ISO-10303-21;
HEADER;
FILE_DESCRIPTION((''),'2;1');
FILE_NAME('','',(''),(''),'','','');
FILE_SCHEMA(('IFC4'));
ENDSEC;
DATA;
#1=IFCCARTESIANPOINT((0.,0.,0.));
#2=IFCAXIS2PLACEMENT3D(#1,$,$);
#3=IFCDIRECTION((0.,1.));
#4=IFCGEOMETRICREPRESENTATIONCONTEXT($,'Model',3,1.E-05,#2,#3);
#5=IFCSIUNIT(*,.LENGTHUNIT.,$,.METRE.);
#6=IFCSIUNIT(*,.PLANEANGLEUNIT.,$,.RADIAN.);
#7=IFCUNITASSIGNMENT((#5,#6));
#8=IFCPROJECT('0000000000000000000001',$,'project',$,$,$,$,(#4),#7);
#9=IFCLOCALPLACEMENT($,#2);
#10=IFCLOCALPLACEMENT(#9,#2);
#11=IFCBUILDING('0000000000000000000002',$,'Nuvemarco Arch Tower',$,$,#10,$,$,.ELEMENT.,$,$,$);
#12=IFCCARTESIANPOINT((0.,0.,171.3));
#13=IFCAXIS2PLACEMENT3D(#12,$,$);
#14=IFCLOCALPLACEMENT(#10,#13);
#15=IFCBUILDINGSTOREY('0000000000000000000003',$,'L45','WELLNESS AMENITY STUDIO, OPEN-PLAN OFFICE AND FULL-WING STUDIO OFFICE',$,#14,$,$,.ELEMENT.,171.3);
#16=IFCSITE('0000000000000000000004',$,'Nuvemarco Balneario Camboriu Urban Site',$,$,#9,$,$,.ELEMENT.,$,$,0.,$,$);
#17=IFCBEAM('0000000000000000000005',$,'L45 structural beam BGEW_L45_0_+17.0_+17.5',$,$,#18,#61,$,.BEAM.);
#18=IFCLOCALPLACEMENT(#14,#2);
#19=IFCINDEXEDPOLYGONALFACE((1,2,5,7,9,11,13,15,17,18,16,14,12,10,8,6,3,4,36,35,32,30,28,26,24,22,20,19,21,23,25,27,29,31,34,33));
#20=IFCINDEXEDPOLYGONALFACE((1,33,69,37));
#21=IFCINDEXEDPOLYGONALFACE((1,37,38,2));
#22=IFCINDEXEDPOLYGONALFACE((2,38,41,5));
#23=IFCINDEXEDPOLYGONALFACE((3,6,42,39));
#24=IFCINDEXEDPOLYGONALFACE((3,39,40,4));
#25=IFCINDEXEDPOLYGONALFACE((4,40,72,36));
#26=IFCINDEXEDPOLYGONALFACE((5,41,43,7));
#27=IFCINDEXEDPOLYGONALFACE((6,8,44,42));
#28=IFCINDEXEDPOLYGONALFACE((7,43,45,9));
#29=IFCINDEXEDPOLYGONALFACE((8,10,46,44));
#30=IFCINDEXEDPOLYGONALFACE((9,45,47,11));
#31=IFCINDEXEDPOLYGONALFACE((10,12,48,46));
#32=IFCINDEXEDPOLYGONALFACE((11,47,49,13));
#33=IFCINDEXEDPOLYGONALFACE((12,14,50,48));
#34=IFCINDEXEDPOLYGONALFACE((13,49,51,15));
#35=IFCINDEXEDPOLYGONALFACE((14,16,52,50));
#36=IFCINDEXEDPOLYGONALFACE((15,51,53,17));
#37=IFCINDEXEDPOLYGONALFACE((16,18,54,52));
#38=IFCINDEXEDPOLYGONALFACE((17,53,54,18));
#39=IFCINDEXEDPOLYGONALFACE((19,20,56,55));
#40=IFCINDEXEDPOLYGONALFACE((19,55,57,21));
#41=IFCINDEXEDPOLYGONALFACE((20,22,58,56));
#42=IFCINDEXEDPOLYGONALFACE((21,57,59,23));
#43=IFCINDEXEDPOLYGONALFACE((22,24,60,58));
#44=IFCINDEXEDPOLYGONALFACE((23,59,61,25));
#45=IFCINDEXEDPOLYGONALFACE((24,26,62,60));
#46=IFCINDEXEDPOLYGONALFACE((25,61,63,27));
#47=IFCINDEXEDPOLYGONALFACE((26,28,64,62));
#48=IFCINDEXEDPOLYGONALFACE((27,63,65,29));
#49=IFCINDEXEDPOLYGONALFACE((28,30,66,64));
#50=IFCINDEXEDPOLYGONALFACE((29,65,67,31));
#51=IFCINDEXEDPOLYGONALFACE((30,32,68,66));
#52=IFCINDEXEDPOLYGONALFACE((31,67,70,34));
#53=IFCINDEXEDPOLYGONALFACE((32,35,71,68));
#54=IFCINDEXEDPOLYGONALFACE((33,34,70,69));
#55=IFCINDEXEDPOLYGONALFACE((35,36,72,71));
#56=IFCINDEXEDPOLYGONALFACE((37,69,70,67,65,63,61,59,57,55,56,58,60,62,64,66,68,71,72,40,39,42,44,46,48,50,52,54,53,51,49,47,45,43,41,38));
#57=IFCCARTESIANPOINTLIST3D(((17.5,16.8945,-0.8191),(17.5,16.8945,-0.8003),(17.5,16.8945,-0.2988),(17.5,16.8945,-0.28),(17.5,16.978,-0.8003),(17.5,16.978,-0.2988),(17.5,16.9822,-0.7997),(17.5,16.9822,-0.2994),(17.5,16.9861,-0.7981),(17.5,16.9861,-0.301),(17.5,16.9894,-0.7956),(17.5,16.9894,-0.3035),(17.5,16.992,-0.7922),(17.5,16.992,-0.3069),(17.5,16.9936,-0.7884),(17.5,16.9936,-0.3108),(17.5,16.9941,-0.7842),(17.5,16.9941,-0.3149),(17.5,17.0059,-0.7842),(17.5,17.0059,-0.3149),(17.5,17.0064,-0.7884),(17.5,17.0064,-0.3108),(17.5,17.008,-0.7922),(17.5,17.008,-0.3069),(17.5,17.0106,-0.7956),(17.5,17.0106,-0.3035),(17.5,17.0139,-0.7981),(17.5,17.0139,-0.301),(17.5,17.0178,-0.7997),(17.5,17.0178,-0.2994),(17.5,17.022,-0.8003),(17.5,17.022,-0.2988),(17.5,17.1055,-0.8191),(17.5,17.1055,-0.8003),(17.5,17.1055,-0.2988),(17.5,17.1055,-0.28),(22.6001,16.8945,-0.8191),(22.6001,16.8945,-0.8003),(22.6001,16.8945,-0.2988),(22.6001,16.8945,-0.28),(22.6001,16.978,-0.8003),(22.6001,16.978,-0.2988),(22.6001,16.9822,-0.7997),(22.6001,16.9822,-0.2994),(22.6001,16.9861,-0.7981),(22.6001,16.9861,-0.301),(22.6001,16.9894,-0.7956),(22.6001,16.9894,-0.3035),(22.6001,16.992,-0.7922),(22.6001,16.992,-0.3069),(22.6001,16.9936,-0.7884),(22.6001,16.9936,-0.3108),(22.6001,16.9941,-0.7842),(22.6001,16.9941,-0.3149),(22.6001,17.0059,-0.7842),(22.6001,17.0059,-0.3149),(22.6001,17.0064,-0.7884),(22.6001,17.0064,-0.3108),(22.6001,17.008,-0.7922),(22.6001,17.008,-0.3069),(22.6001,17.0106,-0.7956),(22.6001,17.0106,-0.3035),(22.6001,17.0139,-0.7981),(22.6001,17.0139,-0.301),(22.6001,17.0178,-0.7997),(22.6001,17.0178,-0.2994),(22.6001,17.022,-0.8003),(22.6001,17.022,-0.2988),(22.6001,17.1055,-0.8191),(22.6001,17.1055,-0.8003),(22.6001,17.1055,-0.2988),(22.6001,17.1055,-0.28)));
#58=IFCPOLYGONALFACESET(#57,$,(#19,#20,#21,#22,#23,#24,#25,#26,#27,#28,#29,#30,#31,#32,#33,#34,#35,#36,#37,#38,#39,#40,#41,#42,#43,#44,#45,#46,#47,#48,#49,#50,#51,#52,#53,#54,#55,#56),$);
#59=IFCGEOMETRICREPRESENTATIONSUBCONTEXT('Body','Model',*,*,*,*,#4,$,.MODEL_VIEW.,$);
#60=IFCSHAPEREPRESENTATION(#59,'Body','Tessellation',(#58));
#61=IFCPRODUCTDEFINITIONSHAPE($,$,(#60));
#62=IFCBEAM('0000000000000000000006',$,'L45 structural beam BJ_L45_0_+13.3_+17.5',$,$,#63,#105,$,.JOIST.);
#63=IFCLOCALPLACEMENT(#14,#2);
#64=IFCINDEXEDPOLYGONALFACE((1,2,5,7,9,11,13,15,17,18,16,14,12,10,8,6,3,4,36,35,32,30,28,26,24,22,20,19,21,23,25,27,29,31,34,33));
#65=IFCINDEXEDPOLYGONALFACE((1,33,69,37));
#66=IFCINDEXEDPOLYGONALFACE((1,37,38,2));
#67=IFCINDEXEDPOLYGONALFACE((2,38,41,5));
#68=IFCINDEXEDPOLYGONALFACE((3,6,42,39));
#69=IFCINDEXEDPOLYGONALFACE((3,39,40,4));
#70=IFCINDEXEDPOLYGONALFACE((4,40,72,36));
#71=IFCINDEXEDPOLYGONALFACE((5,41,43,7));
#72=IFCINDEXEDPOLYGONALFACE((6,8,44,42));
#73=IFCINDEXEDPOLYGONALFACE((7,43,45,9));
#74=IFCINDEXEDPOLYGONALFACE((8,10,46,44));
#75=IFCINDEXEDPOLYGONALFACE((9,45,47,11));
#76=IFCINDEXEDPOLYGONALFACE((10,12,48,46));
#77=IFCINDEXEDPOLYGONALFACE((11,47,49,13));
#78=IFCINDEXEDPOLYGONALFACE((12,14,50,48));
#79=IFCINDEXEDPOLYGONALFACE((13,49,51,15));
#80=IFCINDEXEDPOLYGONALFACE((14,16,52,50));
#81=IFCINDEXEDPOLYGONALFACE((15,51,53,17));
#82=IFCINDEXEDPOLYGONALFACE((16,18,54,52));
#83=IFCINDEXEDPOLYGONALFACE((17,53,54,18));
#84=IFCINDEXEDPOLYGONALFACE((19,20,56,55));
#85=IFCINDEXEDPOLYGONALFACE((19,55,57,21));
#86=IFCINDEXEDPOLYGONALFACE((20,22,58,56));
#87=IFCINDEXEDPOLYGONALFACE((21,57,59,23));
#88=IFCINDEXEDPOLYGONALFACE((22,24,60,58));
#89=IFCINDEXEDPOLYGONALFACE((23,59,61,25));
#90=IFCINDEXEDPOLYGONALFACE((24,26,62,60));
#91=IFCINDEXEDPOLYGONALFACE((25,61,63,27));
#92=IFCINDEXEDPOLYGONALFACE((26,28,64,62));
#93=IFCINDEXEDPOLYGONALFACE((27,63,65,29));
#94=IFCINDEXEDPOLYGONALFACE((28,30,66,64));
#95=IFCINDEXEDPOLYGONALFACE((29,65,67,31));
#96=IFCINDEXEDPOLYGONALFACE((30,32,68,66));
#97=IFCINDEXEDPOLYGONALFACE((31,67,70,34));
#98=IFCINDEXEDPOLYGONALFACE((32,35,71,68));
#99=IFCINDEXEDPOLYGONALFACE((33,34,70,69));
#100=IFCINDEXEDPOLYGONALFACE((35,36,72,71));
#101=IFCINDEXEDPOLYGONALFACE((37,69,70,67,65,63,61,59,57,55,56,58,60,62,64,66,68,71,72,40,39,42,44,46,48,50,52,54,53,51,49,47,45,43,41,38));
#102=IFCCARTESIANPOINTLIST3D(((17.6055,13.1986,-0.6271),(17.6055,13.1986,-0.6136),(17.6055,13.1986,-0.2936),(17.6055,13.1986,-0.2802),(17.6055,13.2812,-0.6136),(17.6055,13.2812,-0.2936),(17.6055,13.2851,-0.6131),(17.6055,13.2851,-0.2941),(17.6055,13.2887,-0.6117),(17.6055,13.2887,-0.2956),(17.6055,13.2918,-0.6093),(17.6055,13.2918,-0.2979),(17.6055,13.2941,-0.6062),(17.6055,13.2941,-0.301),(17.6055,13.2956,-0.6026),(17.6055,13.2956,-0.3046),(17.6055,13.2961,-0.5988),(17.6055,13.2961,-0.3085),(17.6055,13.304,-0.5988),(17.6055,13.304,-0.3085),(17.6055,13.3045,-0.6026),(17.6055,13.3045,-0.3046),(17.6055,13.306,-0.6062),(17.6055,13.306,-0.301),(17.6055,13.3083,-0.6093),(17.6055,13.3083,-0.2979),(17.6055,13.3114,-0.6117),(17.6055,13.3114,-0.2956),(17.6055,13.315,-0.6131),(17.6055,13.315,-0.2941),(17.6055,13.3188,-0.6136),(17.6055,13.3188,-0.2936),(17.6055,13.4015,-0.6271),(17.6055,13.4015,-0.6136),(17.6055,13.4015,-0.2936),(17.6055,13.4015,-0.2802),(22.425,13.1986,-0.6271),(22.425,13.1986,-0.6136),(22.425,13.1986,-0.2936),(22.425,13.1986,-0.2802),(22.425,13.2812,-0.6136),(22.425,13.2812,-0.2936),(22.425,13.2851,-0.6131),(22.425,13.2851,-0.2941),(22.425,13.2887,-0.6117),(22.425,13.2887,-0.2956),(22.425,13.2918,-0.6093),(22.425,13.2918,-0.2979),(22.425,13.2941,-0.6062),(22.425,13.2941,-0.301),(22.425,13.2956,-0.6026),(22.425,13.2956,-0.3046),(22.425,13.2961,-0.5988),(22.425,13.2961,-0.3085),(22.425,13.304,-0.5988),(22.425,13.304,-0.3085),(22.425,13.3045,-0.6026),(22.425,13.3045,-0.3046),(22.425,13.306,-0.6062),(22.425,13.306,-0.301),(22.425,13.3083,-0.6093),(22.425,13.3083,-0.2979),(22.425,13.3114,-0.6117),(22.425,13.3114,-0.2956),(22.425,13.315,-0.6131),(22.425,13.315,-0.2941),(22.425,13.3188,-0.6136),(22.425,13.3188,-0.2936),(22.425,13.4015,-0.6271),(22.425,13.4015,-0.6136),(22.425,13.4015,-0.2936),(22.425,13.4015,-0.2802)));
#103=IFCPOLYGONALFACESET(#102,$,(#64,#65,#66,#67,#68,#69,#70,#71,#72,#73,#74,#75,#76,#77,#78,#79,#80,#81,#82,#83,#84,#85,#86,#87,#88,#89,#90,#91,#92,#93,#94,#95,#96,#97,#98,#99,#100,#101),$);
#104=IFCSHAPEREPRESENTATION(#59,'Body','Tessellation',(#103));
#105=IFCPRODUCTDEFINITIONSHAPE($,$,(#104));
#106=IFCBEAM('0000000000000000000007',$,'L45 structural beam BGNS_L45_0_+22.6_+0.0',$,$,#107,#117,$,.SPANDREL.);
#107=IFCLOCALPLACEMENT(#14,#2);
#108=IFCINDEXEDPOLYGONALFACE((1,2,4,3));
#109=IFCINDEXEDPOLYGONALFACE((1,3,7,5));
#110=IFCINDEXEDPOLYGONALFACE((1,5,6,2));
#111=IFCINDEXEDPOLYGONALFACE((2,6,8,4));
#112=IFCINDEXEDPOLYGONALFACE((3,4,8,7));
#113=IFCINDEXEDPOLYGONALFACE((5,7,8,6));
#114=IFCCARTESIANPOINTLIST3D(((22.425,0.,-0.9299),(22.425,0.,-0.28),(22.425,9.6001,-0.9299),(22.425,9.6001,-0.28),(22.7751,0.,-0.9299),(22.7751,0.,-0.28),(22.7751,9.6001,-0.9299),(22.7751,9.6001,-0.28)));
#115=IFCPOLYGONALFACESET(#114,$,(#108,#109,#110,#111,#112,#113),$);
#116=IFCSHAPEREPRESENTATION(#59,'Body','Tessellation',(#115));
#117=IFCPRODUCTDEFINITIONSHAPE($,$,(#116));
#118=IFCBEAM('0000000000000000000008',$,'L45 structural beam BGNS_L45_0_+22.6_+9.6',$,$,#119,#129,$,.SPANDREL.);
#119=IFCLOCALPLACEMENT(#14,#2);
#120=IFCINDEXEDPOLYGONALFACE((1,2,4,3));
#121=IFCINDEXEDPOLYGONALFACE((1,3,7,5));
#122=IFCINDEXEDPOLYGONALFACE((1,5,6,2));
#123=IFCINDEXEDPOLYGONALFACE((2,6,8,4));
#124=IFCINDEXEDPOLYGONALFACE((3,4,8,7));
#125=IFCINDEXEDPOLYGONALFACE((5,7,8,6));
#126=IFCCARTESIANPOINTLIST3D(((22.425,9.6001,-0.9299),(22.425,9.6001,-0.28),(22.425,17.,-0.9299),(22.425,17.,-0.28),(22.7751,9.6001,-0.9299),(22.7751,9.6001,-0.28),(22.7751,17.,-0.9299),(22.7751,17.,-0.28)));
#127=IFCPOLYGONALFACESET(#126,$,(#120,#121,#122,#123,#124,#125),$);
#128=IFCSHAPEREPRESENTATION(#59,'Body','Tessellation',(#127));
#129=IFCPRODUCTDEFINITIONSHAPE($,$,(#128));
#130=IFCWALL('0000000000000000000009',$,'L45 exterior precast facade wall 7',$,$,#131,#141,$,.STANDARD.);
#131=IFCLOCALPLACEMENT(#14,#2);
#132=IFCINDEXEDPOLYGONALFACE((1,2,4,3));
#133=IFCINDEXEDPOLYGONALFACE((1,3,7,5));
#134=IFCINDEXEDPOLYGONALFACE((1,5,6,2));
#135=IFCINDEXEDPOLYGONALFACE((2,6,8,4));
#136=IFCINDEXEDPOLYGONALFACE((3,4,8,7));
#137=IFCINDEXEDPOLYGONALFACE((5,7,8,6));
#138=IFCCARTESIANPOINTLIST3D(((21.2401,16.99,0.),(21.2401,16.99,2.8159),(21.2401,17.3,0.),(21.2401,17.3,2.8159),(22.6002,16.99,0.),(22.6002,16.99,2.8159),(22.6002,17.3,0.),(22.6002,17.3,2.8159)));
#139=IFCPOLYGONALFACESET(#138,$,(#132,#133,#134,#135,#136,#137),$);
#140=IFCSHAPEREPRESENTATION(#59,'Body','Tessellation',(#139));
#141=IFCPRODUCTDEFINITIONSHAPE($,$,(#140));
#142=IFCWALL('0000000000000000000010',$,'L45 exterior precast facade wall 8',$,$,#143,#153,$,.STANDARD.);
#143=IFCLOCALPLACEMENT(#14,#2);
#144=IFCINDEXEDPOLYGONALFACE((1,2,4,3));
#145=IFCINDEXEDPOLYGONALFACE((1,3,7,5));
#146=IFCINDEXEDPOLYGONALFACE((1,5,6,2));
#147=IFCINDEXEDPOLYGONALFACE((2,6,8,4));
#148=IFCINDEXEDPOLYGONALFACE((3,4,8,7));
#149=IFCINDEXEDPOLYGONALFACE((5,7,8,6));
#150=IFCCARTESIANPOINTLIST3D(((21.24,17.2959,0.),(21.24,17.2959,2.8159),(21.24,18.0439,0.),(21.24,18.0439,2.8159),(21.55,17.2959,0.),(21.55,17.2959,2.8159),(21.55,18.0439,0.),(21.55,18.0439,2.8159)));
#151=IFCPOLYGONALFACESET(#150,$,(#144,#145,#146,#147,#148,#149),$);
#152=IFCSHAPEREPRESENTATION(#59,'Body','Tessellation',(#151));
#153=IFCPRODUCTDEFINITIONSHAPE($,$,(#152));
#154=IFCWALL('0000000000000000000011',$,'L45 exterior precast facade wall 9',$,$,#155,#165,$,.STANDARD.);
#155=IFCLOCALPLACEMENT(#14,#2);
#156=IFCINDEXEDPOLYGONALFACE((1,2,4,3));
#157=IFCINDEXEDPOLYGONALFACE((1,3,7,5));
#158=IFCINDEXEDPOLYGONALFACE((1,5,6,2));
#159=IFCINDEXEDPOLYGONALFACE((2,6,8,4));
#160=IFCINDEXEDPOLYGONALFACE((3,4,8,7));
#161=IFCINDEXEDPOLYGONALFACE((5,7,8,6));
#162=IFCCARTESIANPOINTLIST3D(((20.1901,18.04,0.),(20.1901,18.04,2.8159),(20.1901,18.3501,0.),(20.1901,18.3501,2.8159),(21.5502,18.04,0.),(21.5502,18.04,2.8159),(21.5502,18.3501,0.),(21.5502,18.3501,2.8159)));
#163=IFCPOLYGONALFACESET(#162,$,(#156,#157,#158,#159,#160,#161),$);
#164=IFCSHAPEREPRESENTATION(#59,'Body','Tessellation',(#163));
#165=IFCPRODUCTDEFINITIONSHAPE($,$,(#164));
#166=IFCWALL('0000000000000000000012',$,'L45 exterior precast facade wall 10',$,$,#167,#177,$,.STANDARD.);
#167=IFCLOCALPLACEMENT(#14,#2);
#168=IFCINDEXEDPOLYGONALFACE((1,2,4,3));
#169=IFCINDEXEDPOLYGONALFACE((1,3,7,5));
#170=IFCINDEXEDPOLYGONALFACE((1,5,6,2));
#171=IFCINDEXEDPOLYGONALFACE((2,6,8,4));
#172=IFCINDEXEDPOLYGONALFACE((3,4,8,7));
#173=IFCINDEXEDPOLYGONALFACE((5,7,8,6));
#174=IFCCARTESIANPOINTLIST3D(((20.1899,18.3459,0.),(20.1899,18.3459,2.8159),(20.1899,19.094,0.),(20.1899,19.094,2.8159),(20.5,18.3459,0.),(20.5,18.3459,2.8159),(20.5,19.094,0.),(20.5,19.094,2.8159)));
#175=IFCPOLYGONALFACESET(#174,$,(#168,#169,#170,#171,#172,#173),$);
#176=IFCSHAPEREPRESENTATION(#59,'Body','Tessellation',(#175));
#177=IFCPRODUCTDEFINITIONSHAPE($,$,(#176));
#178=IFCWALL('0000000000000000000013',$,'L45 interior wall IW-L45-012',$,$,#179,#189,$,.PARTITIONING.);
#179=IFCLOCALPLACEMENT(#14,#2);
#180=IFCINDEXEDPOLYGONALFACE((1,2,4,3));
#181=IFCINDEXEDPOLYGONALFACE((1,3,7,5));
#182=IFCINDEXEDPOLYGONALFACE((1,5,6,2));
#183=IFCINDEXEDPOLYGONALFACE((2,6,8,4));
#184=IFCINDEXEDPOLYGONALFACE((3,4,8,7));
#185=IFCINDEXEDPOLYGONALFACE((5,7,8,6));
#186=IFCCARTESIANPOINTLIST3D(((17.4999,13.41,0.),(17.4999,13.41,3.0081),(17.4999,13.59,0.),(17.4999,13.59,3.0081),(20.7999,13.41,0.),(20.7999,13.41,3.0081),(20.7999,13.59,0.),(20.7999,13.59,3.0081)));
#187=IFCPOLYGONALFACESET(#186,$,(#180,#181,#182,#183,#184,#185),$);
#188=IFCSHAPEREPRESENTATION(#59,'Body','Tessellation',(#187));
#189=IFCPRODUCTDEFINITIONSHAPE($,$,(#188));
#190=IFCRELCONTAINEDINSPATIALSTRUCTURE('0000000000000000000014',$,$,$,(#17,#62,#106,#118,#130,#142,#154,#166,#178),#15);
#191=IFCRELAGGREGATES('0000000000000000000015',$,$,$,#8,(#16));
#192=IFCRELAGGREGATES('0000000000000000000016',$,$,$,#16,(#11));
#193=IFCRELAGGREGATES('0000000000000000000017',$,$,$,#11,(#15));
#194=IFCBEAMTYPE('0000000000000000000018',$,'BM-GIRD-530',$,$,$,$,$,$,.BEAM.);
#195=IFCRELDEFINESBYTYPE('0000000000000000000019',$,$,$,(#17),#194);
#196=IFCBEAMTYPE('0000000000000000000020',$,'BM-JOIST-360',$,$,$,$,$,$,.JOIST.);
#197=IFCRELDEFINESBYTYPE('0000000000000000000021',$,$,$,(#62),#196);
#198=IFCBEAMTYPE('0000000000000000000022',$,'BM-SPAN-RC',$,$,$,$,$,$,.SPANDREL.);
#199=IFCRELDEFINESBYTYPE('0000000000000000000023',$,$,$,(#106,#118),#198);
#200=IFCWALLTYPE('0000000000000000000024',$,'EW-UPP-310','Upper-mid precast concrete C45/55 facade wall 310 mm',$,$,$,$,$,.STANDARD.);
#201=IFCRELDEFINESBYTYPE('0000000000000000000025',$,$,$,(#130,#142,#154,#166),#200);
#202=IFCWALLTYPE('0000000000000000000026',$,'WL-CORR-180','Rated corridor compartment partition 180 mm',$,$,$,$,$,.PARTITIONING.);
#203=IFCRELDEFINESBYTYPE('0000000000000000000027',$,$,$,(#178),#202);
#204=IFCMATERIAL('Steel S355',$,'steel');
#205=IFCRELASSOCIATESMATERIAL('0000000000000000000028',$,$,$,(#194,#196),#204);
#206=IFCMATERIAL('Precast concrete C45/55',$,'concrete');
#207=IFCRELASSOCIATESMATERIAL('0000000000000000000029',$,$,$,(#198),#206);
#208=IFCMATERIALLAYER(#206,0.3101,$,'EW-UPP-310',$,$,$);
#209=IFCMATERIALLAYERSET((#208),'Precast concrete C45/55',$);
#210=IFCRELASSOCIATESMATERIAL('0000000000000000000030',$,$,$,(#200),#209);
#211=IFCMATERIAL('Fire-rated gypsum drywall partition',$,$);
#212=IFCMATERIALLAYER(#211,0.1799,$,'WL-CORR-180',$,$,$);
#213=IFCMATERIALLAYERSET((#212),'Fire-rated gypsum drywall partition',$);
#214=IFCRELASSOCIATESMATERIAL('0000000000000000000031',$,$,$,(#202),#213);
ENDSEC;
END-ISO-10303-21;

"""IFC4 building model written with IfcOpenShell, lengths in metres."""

from ifc_helpers import new_model, si_unit, direction, frame, frame_2d, origin, origin_2d, place, context, subcontext, project, spatial, rectangle, i_section, extrude, material, layer, layer_set, material_profile, profile_set, type_object, element, save


model = new_model("IFC4")

# Units and contexts
model_context = context("Model", 3, precision=1e-05, world=origin(), true_north=direction((0.0, 1.0)))
body_context = subcontext(model_context, "Body", "Model", "MODEL_VIEW")
ifc_project = project(units=[si_unit("LENGTHUNIT", "METRE"), si_unit("PLANEANGLEUNIT", "RADIAN")], contexts=[model_context])

# Site, building, storey
site_placement = place(None, origin())
site = spatial("IfcSite", under=ifc_project, at=site_placement, Name="Nuvemarco Balneario Camboriu Urban Site", CompositionType="ELEMENT", RefElevation=0.0)
building_placement = place(site_placement, origin())
building = spatial("IfcBuilding", under=site, at=building_placement, Name="Nuvemarco Arch Tower", CompositionType="ELEMENT")
storey_placement = place(building_placement, frame((0.0, 0.0, 171.3)))
storey = spatial("IfcBuildingStorey", under=building, at=storey_placement, Name="L45", Description="WELLNESS AMENITY STUDIO, OPEN-PLAN OFFICE AND FULL-WING STUDIO OFFICE", CompositionType="ELEMENT", Elevation=171.3)

# Shared definitions
ifc_material_1 = material(Name="Steel S355", Category="steel")

# Beams
ifc_material_profile_1 = material_profile(ifc_material_1, i_section(OverallWidth=0.2109, OverallDepth=0.5391, WebThickness=0.0117, FlangeThickness=0.0188, FilletRadius=0.0161, at=origin_2d()), Name="W530x109")
ifc_profile_set_1 = profile_set([ifc_material_profile_1], Name="Steel S355")
beam_type_1 = type_object("IfcBeamType", Name="BM-GIRD-530", PredefinedType="BEAM", material=ifc_profile_set_1)
for number, where, z_axis, x_axis, name in (
    (1, (17.5, 17.0, -0.5496), (1.0, 0.0, 0.0), (0.0, 1.0, 0.0), "L45 structural beam BGEW_L45_0_+17.0_+17.5"),
):
    element("IfcBeam", number, at=place(storey_placement, frame(where, z_axis=z_axis, x_axis=x_axis)), inside=storey, type_object=beam_type_1, Name=name, PredefinedType="BEAM", context=body_context, shape_type="SweptSolid", body=[
        extrude(i_section(OverallWidth=0.2109, OverallDepth=0.5391, WebThickness=0.0117, FlangeThickness=0.0188, FilletRadius=0.0161, at=origin_2d()), origin(), (0.0, 0.0, 1.0), 5.1001),
    ])
ifc_material_profile_2 = material_profile(ifc_material_1, i_section(OverallWidth=0.2029, OverallDepth=0.3469, WebThickness=0.0078, FlangeThickness=0.0134, FilletRadius=0.0149, at=origin_2d()), Name="W360x64")
ifc_profile_set_2 = profile_set([ifc_material_profile_2], Name="Steel S355")
beam_type_2 = type_object("IfcBeamType", Name="BM-JOIST-360", PredefinedType="JOIST", material=ifc_profile_set_2)
beam_1_placement = place(storey_placement, frame((17.6055, 13.3, -0.4536), z_axis=(1.0, 0.0, 0.0), x_axis=(0.0, 1.0, 0.0)))
element("IfcBeam", 2, at=beam_1_placement, inside=storey, type_object=beam_type_2, Name="L45 structural beam BJ_L45_0_+13.3_+17.5", PredefinedType="JOIST", context=body_context, shape_type="SweptSolid", body=[
    extrude(i_section(OverallWidth=0.2029, OverallDepth=0.3469, WebThickness=0.0078, FlangeThickness=0.0134, FilletRadius=0.0149, at=origin_2d()), origin(), (0.0, 0.0, 1.0), 4.8196),
])
ifc_material_2 = material(Name="Precast concrete C45/55", Category="concrete")
ifc_material_profile_3 = material_profile(ifc_material_2, rectangle(XDim=0.3501, YDim=0.6499, at=origin_2d()), Name="PC-SP-350x650")
ifc_profile_set_3 = profile_set([ifc_material_profile_3], Name="Precast concrete C45/55")
beam_type_3 = type_object("IfcBeamType", Name="BM-SPAN-RC", PredefinedType="SPANDREL", material=ifc_profile_set_3)
beam_2_placement = place(storey_placement, frame((22.6001, 0.0, -0.605), z_axis=(0.0, 1.0, 0.0), x_axis=(-1.0, 0.0, 0.0)))
element("IfcBeam", 3, at=beam_2_placement, inside=storey, type_object=beam_type_3, Name="L45 structural beam BGNS_L45_0_+22.6_+0.0", PredefinedType="SPANDREL", context=body_context, shape_type="SweptSolid", body=[
    extrude(rectangle(XDim=0.3501, YDim=0.6499, at=origin_2d()), origin(), (0.0, 0.0, 1.0), 9.6001),
])
beam_3_placement = place(storey_placement, frame((22.6001, 9.6001, -0.605), z_axis=(0.0, 1.0, 0.0), x_axis=(-1.0, 0.0, 0.0)))
element("IfcBeam", 4, at=beam_3_placement, inside=storey, type_object=beam_type_3, Name="L45 structural beam BGNS_L45_0_+22.6_+9.6", PredefinedType="SPANDREL", context=body_context, shape_type="SweptSolid", body=[
    extrude(rectangle(XDim=0.3501, YDim=0.6499, at=origin_2d()), origin(), (0.0, 0.0, 1.0), 7.3999),
])

# Walls
ifc_layer_1 = layer(ifc_material_2, 0.3101, Name="EW-UPP-310")
ifc_layer_set_1 = layer_set([ifc_layer_1], Name="Precast concrete C45/55")
wall_type_1 = type_object("IfcWallType", Name="EW-UPP-310", Description="Upper-mid precast concrete C45/55 facade wall 310 mm", PredefinedType="STANDARD", material=ifc_layer_set_1)
wall_1_placement = place(storey_placement, frame((21.24, 17.145, 0.0), z_axis=(0.0, 0.0, 1.0), x_axis=(1.0, 0.0, 0.0)))
element("IfcWall", 5, at=wall_1_placement, inside=storey, type_object=wall_type_1, Name="L45 exterior precast facade wall 7", PredefinedType="STANDARD", context=body_context, shape_type="SweptSolid", body=[
    extrude(rectangle(XDim=1.3601, YDim=0.3101, at=frame_2d((0.6802, 0.0))), origin(), (0.0, 0.0, 1.0), 2.8159),
])
wall_2_placement = place(storey_placement, frame((21.395, 17.2959, 0.0), z_axis=(0.0, 0.0, 1.0), x_axis=(0.0, 1.0, 0.0)))
element("IfcWall", 6, at=wall_2_placement, inside=storey, type_object=wall_type_1, Name="L45 exterior precast facade wall 8", PredefinedType="STANDARD", context=body_context, shape_type="SweptSolid", body=[
    extrude(rectangle(XDim=0.748, YDim=0.3101, at=frame_2d((0.374, 0.0))), origin(), (0.0, 0.0, 1.0), 2.8159),
])
wall_3_placement = place(storey_placement, frame((20.1899, 18.1951, 0.0), z_axis=(0.0, 0.0, 1.0), x_axis=(1.0, 0.0, 0.0)))
element("IfcWall", 7, at=wall_3_placement, inside=storey, type_object=wall_type_1, Name="L45 exterior precast facade wall 9", PredefinedType="STANDARD", context=body_context, shape_type="SweptSolid", body=[
    extrude(rectangle(XDim=1.3601, YDim=0.3101, at=frame_2d((0.6802, 0.0))), origin(), (0.0, 0.0, 1.0), 2.8159),
])
wall_4_placement = place(storey_placement, frame((20.345, 18.3459, 0.0), z_axis=(0.0, 0.0, 1.0), x_axis=(0.0, 1.0, 0.0)))
element("IfcWall", 8, at=wall_4_placement, inside=storey, type_object=wall_type_1, Name="L45 exterior precast facade wall 10", PredefinedType="STANDARD", context=body_context, shape_type="SweptSolid", body=[
    extrude(rectangle(XDim=0.748, YDim=0.3101, at=frame_2d((0.374, 0.0))), origin(), (0.0, 0.0, 1.0), 2.8159),
])
ifc_material_3 = material(Name="Fire-rated gypsum drywall partition")
ifc_layer_2 = layer(ifc_material_3, 0.1799, Name="WL-CORR-180")
ifc_layer_set_2 = layer_set([ifc_layer_2], Name="Fire-rated gypsum drywall partition")
wall_type_2 = type_object("IfcWallType", Name="WL-CORR-180", Description="Rated corridor compartment partition 180 mm", PredefinedType="PARTITIONING", material=ifc_layer_set_2)
wall_5_placement = place(storey_placement, frame((17.5, 13.5, 0.0), z_axis=(0.0, 0.0, 1.0), x_axis=(1.0, 0.0, 0.0)))
element("IfcWall", 9, at=wall_5_placement, inside=storey, type_object=wall_type_2, Name="L45 interior wall IW-L45-012", PredefinedType="PARTITIONING", context=body_context, shape_type="SweptSolid", body=[
    extrude(rectangle(XDim=3.3, YDim=0.1799, at=frame_2d((1.6499, 0.0))), origin(), (0.0, 0.0, 1.0), 3.0081),
])

save(model, "model.ifc")
